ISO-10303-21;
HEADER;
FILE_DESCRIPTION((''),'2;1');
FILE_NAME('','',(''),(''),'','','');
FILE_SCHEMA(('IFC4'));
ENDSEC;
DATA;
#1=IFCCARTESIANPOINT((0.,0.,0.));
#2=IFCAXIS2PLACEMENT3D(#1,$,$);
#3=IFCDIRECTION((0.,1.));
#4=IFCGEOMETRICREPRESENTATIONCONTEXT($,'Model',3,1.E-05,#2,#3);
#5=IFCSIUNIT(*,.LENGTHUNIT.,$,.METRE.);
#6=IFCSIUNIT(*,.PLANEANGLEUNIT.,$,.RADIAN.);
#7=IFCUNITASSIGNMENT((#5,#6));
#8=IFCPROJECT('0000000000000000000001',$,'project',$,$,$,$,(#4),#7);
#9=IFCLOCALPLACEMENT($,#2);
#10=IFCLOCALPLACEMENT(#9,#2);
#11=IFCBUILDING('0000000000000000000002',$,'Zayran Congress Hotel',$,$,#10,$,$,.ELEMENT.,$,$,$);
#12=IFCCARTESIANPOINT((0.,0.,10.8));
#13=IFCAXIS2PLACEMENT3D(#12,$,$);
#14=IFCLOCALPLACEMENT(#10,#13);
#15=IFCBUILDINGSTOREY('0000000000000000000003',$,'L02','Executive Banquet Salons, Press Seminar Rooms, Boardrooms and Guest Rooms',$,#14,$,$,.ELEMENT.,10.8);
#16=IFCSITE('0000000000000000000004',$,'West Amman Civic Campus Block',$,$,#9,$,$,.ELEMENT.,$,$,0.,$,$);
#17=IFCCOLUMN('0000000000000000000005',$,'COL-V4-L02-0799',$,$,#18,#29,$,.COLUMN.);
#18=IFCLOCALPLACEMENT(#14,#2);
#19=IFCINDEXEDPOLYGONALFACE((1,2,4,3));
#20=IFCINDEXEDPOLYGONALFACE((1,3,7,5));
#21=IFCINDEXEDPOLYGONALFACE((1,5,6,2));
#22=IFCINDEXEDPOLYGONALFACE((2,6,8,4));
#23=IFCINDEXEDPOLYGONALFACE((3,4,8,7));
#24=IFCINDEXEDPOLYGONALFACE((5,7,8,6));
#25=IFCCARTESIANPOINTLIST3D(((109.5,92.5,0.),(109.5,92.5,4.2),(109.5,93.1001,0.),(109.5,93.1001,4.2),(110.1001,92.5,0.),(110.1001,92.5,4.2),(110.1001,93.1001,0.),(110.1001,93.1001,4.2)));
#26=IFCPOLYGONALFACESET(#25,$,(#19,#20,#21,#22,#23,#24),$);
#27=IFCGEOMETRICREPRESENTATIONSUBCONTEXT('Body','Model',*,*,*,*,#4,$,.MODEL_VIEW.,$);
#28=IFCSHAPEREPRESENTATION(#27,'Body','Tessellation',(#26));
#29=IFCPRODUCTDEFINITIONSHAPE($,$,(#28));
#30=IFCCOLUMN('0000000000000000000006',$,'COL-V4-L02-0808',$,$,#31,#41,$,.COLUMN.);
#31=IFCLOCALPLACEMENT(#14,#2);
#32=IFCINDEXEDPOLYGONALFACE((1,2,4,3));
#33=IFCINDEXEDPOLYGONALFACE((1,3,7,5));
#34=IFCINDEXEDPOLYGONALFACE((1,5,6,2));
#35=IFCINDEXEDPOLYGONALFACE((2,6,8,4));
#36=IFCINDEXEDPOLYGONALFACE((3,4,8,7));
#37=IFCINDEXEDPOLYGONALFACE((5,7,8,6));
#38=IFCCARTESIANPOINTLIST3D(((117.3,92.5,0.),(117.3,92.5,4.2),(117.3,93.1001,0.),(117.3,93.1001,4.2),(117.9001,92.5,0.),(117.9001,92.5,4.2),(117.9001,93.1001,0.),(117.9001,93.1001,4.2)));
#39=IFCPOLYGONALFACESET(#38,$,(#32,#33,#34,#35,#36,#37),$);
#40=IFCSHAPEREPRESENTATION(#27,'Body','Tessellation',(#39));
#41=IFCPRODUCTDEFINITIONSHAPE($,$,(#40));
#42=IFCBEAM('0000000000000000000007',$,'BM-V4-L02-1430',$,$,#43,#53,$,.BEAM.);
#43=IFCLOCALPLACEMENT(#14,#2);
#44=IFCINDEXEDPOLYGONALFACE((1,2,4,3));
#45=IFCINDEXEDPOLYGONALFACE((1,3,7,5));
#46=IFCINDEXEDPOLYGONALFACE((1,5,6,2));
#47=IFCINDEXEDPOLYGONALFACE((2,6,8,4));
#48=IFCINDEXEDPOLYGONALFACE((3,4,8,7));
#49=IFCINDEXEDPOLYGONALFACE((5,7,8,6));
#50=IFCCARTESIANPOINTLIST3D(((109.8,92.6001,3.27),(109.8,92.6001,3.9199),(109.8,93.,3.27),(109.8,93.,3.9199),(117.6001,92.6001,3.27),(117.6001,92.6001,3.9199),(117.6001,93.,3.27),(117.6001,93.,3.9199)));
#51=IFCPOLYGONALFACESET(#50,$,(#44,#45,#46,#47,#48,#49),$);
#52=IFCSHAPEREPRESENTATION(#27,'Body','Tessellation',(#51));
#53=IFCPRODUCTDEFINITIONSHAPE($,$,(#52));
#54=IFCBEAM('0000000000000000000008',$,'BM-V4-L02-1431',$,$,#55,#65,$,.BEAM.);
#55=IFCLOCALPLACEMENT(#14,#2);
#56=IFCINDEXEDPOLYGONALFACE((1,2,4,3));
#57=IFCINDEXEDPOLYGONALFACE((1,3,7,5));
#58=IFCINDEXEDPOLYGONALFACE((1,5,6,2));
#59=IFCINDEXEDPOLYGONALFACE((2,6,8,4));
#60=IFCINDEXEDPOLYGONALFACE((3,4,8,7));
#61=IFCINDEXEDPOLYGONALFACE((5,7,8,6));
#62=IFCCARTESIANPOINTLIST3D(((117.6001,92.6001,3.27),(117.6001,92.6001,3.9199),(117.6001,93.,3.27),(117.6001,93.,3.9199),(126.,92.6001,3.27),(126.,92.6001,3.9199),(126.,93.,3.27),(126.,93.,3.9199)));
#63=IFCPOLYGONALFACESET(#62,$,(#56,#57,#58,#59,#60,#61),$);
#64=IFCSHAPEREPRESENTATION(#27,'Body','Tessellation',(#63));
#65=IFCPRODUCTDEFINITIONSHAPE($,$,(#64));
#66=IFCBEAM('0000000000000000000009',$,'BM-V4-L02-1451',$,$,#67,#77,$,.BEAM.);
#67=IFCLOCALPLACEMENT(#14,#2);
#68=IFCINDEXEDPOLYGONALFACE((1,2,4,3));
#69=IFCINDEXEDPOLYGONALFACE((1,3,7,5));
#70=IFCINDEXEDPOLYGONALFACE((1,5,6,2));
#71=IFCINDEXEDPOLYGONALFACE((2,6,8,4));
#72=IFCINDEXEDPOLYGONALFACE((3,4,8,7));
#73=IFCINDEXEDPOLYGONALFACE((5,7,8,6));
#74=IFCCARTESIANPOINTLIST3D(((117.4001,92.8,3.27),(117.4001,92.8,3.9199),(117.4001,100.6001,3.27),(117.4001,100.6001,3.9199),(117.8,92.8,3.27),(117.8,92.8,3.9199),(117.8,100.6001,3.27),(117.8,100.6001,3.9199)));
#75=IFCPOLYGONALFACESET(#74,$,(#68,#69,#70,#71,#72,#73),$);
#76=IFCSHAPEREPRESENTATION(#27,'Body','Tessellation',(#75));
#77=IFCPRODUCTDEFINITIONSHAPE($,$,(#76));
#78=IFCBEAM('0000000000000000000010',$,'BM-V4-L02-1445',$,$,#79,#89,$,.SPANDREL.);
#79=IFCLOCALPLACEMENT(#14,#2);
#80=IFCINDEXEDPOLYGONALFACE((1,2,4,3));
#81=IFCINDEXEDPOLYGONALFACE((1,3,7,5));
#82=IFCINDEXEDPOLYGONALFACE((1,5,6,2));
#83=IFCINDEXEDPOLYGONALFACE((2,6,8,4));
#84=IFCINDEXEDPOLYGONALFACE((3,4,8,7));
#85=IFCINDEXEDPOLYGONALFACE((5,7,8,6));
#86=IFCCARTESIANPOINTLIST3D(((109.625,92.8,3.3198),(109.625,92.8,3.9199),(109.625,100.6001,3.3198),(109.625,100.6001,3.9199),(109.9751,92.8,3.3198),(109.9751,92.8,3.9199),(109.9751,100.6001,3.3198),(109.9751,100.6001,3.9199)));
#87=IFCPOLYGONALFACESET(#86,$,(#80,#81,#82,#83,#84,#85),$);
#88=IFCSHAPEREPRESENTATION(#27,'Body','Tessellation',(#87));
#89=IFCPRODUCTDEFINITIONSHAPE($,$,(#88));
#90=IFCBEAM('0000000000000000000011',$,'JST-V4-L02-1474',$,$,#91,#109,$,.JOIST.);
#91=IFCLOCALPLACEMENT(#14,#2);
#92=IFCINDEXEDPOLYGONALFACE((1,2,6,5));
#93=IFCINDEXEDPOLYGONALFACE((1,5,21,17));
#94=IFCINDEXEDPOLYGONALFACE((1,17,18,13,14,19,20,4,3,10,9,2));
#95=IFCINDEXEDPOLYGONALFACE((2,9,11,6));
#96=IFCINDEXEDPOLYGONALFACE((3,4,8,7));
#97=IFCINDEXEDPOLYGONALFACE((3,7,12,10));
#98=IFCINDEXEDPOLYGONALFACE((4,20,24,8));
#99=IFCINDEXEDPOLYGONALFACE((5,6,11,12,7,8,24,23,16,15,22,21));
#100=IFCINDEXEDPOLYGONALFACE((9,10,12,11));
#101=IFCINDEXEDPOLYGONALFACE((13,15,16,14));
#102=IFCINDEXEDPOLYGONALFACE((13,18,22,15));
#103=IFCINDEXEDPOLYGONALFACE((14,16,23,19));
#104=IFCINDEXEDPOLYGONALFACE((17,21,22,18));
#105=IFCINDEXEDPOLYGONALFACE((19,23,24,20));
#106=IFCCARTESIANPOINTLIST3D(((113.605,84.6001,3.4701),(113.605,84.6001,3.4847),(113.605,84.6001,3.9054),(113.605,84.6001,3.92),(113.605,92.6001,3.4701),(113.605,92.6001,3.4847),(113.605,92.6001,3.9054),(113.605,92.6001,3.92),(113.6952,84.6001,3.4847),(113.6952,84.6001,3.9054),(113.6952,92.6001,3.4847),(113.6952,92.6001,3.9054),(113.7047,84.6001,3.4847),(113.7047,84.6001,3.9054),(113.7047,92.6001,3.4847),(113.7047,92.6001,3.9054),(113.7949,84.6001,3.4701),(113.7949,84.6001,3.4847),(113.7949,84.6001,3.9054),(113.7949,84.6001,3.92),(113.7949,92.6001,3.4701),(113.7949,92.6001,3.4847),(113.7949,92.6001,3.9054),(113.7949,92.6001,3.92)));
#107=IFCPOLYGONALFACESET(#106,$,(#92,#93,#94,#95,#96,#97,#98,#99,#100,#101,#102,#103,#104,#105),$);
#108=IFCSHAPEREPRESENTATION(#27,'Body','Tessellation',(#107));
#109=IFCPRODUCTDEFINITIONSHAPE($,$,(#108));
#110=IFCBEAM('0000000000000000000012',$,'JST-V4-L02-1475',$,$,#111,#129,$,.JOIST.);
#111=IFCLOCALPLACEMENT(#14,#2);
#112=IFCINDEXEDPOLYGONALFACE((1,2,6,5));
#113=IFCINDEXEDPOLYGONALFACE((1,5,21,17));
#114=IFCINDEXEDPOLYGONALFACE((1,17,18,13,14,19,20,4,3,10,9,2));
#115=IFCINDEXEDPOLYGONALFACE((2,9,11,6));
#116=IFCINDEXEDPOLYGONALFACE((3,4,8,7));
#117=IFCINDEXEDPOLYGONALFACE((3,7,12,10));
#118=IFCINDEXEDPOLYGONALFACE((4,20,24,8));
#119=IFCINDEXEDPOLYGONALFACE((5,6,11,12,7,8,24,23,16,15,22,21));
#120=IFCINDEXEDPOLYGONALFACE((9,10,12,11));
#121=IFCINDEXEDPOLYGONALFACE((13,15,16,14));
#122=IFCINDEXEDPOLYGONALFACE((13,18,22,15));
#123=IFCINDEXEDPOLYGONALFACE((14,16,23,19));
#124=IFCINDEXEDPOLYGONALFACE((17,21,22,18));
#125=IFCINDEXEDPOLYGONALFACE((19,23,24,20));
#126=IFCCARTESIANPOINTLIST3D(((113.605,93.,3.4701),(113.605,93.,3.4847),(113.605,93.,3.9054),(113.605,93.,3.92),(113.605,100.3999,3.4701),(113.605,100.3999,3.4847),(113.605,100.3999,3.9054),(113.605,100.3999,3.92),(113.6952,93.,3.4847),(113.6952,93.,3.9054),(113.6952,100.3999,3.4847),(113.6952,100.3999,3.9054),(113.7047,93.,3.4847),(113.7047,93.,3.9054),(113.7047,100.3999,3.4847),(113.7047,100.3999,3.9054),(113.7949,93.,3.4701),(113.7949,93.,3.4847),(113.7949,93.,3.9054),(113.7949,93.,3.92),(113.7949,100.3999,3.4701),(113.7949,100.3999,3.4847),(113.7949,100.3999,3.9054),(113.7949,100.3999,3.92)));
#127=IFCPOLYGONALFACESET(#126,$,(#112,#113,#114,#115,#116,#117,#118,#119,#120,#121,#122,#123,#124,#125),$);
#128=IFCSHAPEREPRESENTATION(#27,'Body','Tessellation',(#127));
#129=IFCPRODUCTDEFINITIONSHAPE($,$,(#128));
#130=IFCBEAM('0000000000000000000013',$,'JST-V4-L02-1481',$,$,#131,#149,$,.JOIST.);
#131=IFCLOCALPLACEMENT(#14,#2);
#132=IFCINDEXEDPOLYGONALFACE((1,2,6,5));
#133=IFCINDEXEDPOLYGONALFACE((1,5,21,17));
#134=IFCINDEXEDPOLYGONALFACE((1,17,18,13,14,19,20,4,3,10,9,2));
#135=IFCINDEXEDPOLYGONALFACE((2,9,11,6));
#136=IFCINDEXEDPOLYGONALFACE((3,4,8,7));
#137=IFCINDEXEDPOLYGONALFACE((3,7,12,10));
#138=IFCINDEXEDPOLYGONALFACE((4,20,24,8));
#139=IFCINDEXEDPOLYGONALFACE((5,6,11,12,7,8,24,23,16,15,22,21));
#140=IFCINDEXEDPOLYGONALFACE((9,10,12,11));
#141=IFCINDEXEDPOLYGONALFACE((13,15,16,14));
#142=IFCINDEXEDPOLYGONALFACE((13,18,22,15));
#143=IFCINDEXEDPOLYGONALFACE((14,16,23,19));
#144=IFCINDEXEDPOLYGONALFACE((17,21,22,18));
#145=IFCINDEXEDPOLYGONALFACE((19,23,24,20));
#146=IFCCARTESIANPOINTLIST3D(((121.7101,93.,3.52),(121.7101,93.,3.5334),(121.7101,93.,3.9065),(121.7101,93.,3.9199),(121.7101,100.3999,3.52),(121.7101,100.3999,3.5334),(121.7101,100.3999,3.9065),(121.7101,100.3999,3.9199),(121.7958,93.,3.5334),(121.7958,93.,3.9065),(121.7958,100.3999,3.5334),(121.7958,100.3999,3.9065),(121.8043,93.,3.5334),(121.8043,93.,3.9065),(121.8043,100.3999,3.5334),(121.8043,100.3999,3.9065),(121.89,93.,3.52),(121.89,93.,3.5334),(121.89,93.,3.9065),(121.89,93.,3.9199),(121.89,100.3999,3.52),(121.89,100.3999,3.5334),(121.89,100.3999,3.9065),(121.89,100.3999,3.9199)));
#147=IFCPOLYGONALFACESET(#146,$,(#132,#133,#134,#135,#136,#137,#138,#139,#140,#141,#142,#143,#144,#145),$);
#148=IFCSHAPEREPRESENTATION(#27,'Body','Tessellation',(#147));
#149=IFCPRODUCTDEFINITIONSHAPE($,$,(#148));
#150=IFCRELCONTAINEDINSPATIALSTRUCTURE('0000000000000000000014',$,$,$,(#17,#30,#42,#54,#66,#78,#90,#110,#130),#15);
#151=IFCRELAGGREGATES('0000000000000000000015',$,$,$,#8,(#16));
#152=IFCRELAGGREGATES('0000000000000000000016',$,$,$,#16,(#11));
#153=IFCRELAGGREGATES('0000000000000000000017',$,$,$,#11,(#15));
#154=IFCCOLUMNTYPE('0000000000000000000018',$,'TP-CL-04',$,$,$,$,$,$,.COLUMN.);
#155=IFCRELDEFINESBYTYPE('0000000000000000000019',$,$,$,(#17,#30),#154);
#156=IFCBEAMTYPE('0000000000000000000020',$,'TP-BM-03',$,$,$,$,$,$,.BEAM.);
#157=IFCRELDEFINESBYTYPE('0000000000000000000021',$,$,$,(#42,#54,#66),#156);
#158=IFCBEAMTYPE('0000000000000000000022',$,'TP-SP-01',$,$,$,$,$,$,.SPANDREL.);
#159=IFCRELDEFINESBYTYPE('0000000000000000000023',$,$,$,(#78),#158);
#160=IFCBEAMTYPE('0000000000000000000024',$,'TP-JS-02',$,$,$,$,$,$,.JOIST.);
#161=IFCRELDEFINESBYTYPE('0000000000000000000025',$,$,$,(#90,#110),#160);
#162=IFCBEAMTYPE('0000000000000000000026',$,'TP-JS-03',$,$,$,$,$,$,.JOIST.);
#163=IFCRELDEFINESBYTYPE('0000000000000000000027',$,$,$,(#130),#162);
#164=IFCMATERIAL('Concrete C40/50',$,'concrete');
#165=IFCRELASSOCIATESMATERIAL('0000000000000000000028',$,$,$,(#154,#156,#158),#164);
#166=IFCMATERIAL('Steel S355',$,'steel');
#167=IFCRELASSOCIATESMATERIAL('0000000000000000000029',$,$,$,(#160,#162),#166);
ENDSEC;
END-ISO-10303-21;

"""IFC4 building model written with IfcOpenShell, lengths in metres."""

from ifc_helpers import new_model, si_unit, direction, frame, origin, origin_2d, place, context, subcontext, project, spatial, rectangle, i_section, extrude, material, material_profile, profile_set, type_object, element, save


model = new_model("IFC4")

# Units and contexts
model_context = context("Model", 3, precision=1e-05, world=origin(), true_north=direction((0.0, 1.0)))
body_context = subcontext(model_context, "Body", "Model", "MODEL_VIEW")
ifc_project = project(units=[si_unit("LENGTHUNIT", "METRE"), si_unit("PLANEANGLEUNIT", "RADIAN")], contexts=[model_context])

# Site, building, storey
site_placement = place(None, origin())
site = spatial("IfcSite", under=ifc_project, at=site_placement, Name="West Amman Civic Campus Block", CompositionType="ELEMENT", RefElevation=0.0)
building_placement = place(site_placement, origin())
building = spatial("IfcBuilding", under=site, at=building_placement, Name="Zayran Congress Hotel", CompositionType="ELEMENT")
storey_placement = place(building_placement, frame((0.0, 0.0, 10.8)))
storey = spatial("IfcBuildingStorey", under=building, at=storey_placement, Name="L02", Description="Executive Banquet Salons, Press Seminar Rooms, Boardrooms and Guest Rooms", CompositionType="ELEMENT", Elevation=10.8)

# Columns
ifc_material_1 = material(Name="Concrete C40/50", Category="concrete")
ifc_material_profile_1 = material_profile(ifc_material_1, rectangle(XDim=0.6001, YDim=0.6001, at=origin_2d()), Name="RC 600x600")
ifc_profile_set_1 = profile_set([ifc_material_profile_1], Name="Concrete C40/50")
column_type = type_object("IfcColumnType", Name="TP-CL-04", PredefinedType="COLUMN", material=ifc_profile_set_1)
for number, where, z_axis, x_axis, name in (
    (1, (109.8, 92.8, 0.0), (0.0, 0.0, 1.0), (1.0, 0.0, 0.0), "COL-V4-L02-0799"),
    (2, (117.6001, 92.8, 0.0), (0.0, 0.0, 1.0), (1.0, 0.0, 0.0), "COL-V4-L02-0808"),
):
    element("IfcColumn", number, at=place(storey_placement, frame(where, z_axis=z_axis, x_axis=x_axis)), inside=storey, type_object=column_type, Name=name, PredefinedType="COLUMN", context=body_context, shape_type="SweptSolid", body=[
        extrude(rectangle(XDim=0.6001, YDim=0.6001, at=origin_2d()), origin(), (0.0, 0.0, 1.0), 4.2),
    ])

# Beams
ifc_material_profile_2 = material_profile(ifc_material_1, rectangle(XDim=0.3999, YDim=0.6499, at=origin_2d()), Name="RC 400x650")
ifc_profile_set_2 = profile_set([ifc_material_profile_2], Name="Concrete C40/50")
beam_type_1 = type_object("IfcBeamType", Name="TP-BM-03", PredefinedType="BEAM", material=ifc_profile_set_2)
beam_1_placement = place(storey_placement, frame((109.8, 92.8, 3.595), z_axis=(1.0, 0.0, 0.0), x_axis=(0.0, 1.0, 0.0)))
element("IfcBeam", 3, at=beam_1_placement, inside=storey, type_object=beam_type_1, Name="BM-V4-L02-1430", PredefinedType="BEAM", context=body_context, shape_type="SweptSolid", body=[
    extrude(rectangle(XDim=0.3999, YDim=0.6499, at=origin_2d()), origin(), (0.0, 0.0, 1.0), 7.8),
])
beam_2_placement = place(storey_placement, frame((117.6001, 92.8, 3.595), z_axis=(1.0, 0.0, 0.0), x_axis=(0.0, 1.0, 0.0)))
element("IfcBeam", 4, at=beam_2_placement, inside=storey, type_object=beam_type_1, Name="BM-V4-L02-1431", PredefinedType="BEAM", context=body_context, shape_type="SweptSolid", body=[
    extrude(rectangle(XDim=0.3999, YDim=0.6499, at=origin_2d()), origin(), (0.0, 0.0, 1.0), 8.3999),
])
beam_3_placement = place(storey_placement, frame((117.6001, 92.8, 3.595), z_axis=(0.0, 1.0, 0.0), x_axis=(-1.0, 0.0, 0.0)))
element("IfcBeam", 5, at=beam_3_placement, inside=storey, type_object=beam_type_1, Name="BM-V4-L02-1451", PredefinedType="BEAM", context=body_context, shape_type="SweptSolid", body=[
    extrude(rectangle(XDim=0.3999, YDim=0.6499, at=origin_2d()), origin(), (0.0, 0.0, 1.0), 7.8),
])
ifc_material_profile_3 = material_profile(ifc_material_1, rectangle(XDim=0.3501, YDim=0.6001, at=origin_2d()), Name="RC 350x600")
ifc_profile_set_3 = profile_set([ifc_material_profile_3], Name="Concrete C40/50")
beam_type_2 = type_object("IfcBeamType", Name="TP-SP-01", PredefinedType="SPANDREL", material=ifc_profile_set_3)
beam_4_placement = place(storey_placement, frame((109.8, 92.8, 3.6199), z_axis=(0.0, 1.0, 0.0), x_axis=(-1.0, 0.0, 0.0)))
element("IfcBeam", 6, at=beam_4_placement, inside=storey, type_object=beam_type_2, Name="BM-V4-L02-1445", PredefinedType="SPANDREL", context=body_context, shape_type="SweptSolid", body=[
    extrude(rectangle(XDim=0.3501, YDim=0.6001, at=origin_2d()), origin(), (0.0, 0.0, 1.0), 7.8),
])
ifc_material_2 = material(Name="Steel S355", Category="steel")
ifc_material_profile_4 = material_profile(ifc_material_2, i_section(OverallWidth=0.1899, OverallDepth=0.45, WebThickness=0.0095, FlangeThickness=0.0146, at=origin_2d()), Name="IPE 450")
ifc_profile_set_4 = profile_set([ifc_material_profile_4], Name="Steel S355")
beam_type_3 = type_object("IfcBeamType", Name="TP-JS-02", PredefinedType="JOIST", material=ifc_profile_set_4)
beam_5_placement = place(storey_placement, frame((113.7, 84.6001, 3.6951), z_axis=(0.0, 1.0, 0.0), x_axis=(-1.0, 0.0, 0.0)))
element("IfcBeam", 7, at=beam_5_placement, inside=storey, type_object=beam_type_3, Name="JST-V4-L02-1474", PredefinedType="JOIST", context=body_context, shape_type="SweptSolid", body=[
    extrude(i_section(OverallWidth=0.1899, OverallDepth=0.45, WebThickness=0.0095, FlangeThickness=0.0146, at=origin_2d()), origin(), (0.0, 0.0, 1.0), 8.0),
])
beam_6_placement = place(storey_placement, frame((113.7, 93.0, 3.6951), z_axis=(0.0, 1.0, 0.0), x_axis=(-1.0, 0.0, 0.0)))
element("IfcBeam", 8, at=beam_6_placement, inside=storey, type_object=beam_type_3, Name="JST-V4-L02-1475", PredefinedType="JOIST", context=body_context, shape_type="SweptSolid", body=[
    extrude(i_section(OverallWidth=0.1899, OverallDepth=0.45, WebThickness=0.0095, FlangeThickness=0.0146, at=origin_2d()), origin(), (0.0, 0.0, 1.0), 7.3999),
])
ifc_material_profile_5 = material_profile(ifc_material_2, i_section(OverallWidth=0.1799, OverallDepth=0.3999, WebThickness=0.0085, FlangeThickness=0.0134, at=origin_2d()), Name="IPE 400")
ifc_profile_set_5 = profile_set([ifc_material_profile_5], Name="Steel S355")
beam_type_4 = type_object("IfcBeamType", Name="TP-JS-03", PredefinedType="JOIST", material=ifc_profile_set_5)
beam_7_placement = place(storey_placement, frame((121.8, 93.0, 3.72), z_axis=(0.0, 1.0, 0.0), x_axis=(-1.0, 0.0, 0.0)))
element("IfcBeam", 9, at=beam_7_placement, inside=storey, type_object=beam_type_4, Name="JST-V4-L02-1481", PredefinedType="JOIST", context=body_context, shape_type="SweptSolid", body=[
    extrude(i_section(OverallWidth=0.1799, OverallDepth=0.3999, WebThickness=0.0085, FlangeThickness=0.0134, at=origin_2d()), origin(), (0.0, 0.0, 1.0), 7.3999),
])

save(model, "model.ifc")
